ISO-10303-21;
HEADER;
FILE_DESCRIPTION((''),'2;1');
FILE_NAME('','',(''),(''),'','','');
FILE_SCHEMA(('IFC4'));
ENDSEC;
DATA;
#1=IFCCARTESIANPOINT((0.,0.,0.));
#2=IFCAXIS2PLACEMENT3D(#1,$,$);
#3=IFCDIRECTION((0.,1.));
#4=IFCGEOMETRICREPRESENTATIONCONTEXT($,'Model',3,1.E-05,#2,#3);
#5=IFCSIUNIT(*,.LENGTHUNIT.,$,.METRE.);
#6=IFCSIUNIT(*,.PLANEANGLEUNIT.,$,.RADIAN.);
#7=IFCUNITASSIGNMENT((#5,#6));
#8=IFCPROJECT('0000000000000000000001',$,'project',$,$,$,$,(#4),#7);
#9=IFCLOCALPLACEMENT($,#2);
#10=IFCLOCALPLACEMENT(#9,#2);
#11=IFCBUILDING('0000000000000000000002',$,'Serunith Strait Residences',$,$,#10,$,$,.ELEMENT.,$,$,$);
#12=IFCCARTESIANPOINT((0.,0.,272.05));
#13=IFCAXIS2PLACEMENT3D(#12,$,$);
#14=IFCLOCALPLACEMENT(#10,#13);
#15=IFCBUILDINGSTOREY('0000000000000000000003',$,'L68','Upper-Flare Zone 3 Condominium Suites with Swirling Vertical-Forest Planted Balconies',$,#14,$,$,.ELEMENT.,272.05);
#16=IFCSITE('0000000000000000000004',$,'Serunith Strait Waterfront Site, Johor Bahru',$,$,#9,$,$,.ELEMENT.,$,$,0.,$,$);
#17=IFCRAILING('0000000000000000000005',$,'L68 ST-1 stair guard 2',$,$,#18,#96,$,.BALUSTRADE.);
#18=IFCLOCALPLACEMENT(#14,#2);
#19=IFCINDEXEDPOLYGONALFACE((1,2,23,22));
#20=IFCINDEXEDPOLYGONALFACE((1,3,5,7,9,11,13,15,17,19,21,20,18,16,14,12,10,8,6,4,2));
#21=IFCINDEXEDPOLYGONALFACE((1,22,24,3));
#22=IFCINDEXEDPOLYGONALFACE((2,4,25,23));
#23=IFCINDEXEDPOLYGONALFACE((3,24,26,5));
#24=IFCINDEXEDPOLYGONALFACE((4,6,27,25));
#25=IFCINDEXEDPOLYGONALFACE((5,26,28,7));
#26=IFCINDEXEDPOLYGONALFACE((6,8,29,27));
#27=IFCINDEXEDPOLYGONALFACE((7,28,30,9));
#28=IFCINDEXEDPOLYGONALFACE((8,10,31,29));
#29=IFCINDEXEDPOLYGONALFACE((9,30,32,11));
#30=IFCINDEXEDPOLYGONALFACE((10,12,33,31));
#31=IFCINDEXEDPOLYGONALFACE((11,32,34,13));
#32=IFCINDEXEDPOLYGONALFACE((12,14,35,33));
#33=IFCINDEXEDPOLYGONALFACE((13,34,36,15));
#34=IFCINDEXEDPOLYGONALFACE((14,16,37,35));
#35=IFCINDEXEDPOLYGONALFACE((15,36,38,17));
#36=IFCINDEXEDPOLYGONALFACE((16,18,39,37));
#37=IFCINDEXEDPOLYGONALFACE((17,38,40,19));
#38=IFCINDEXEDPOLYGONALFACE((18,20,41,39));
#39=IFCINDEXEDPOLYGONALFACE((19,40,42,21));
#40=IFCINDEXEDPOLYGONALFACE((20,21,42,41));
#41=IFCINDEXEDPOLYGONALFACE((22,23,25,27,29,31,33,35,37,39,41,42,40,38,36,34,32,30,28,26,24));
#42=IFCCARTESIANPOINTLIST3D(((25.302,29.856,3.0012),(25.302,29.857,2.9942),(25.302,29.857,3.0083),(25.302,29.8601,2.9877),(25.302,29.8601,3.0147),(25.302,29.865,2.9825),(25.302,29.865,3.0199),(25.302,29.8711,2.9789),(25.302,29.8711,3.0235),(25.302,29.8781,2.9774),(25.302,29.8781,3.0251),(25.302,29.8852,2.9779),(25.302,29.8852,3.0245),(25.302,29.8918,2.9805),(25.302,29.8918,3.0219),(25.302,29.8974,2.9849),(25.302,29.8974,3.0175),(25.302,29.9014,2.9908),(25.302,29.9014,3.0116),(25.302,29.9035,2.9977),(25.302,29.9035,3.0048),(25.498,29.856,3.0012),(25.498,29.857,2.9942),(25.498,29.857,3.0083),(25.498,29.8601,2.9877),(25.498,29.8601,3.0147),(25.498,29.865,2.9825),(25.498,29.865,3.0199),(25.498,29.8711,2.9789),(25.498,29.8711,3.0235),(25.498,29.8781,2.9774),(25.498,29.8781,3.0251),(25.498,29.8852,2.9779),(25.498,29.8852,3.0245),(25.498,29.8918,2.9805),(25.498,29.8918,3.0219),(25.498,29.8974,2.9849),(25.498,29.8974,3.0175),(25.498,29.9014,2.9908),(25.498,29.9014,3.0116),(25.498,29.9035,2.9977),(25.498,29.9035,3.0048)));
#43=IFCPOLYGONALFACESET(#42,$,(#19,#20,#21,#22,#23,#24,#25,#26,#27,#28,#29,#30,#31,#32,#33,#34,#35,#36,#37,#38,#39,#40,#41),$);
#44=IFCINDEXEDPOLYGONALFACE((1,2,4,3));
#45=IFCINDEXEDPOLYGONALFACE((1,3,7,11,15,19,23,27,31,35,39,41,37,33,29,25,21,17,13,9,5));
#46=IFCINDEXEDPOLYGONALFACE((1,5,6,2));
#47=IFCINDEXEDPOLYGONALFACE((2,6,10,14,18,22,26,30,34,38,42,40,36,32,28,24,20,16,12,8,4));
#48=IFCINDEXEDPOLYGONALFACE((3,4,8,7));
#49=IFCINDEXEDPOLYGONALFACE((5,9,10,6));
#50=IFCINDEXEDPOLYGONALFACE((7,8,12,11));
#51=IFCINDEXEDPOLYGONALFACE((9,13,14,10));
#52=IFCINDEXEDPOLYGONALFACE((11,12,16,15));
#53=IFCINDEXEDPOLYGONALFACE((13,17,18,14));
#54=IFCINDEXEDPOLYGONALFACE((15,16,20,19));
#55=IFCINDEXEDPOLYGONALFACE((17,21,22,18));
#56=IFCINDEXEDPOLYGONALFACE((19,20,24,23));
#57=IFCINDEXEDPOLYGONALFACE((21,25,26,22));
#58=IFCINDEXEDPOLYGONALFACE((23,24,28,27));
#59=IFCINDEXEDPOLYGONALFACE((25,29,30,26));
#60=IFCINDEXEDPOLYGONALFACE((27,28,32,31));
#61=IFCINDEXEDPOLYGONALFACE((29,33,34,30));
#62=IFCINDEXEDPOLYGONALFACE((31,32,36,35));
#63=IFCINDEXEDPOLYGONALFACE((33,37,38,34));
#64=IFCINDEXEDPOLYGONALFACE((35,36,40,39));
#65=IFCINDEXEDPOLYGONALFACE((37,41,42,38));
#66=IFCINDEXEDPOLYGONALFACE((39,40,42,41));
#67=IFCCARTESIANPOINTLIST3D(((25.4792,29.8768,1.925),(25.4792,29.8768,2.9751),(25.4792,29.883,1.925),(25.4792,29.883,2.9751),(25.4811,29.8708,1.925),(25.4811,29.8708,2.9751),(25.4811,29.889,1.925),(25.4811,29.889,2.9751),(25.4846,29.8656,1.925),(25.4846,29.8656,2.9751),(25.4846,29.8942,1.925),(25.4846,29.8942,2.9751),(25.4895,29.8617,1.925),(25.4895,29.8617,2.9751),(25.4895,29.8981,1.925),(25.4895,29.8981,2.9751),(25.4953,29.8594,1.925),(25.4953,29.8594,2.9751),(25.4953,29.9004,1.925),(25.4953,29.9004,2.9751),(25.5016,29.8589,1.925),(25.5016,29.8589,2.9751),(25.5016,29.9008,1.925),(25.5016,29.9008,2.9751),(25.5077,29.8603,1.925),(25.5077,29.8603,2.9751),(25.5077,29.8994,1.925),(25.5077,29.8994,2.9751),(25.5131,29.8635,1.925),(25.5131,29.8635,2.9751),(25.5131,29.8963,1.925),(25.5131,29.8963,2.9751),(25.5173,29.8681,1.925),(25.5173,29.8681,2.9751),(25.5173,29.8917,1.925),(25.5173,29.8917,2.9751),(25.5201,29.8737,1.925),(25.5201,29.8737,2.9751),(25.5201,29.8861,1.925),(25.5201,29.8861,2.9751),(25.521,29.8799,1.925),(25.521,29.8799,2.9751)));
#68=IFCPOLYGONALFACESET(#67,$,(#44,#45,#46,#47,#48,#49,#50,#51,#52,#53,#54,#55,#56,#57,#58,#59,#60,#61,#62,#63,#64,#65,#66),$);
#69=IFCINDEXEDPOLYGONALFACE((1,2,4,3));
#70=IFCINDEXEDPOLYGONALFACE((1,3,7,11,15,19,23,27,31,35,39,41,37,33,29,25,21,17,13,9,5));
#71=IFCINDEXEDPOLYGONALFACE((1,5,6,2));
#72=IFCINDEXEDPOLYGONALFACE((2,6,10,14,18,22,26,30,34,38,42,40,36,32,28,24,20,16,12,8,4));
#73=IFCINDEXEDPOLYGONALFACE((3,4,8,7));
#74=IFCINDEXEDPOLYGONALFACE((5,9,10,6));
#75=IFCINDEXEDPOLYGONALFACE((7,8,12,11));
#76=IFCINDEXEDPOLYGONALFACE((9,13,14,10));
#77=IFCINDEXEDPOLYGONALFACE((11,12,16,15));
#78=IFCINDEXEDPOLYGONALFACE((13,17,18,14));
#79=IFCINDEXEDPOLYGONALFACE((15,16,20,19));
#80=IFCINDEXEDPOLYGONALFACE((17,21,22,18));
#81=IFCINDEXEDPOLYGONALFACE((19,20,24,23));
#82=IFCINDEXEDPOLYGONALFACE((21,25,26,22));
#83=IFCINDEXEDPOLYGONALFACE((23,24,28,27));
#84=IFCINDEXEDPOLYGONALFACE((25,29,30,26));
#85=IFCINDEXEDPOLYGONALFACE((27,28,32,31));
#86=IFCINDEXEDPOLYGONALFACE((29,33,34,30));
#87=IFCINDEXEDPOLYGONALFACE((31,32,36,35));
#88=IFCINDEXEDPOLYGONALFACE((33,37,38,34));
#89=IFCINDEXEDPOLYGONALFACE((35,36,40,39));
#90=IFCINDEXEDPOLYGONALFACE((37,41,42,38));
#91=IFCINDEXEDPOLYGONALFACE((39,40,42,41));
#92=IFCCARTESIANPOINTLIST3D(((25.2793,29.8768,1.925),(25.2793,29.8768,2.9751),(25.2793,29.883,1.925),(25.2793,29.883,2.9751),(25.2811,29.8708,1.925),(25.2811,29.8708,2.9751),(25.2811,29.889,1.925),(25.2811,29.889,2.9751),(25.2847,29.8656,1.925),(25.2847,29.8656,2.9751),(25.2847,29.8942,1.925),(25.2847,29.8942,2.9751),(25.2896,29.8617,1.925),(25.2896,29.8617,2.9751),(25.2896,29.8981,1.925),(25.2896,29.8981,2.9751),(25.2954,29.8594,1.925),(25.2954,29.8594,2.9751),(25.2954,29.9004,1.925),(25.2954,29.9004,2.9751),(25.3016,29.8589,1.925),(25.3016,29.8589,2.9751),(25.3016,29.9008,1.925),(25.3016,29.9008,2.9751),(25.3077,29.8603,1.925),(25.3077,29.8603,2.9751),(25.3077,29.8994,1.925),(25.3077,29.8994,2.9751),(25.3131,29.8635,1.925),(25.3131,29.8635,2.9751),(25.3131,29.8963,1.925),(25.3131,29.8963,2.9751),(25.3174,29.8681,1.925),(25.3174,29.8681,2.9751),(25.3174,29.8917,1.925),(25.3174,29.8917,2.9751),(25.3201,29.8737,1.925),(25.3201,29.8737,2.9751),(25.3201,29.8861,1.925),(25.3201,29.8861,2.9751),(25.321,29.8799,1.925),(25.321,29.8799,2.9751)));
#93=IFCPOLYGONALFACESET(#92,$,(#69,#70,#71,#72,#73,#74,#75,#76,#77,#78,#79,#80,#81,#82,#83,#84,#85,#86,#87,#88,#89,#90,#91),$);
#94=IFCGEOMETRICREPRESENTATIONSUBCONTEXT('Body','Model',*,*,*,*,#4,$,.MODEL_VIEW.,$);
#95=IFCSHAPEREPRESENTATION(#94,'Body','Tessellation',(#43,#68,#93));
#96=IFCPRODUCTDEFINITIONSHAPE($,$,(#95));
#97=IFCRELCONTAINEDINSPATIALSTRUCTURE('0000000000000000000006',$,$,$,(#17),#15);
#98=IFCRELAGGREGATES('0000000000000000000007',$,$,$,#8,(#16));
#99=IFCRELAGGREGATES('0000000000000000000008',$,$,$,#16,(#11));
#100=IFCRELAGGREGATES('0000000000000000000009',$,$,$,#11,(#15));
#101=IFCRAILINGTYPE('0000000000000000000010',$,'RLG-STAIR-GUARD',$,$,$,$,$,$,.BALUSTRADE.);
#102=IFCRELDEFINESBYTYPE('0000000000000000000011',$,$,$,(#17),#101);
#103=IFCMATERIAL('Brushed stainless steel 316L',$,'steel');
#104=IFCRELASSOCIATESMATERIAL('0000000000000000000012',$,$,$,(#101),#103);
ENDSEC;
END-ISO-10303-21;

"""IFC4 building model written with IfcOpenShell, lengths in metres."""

from ifc_helpers import new_model, si_unit, direction, frame, origin, origin_2d, place, context, subcontext, project, spatial, circle, extrude, material, type_object, element, save


model = new_model("IFC4")

# Units and contexts
model_context = context("Model", 3, precision=1e-05, world=origin(), true_north=direction((0.0, 1.0)))
body_context = subcontext(model_context, "Body", "Model", "MODEL_VIEW")
ifc_project = project(units=[si_unit("LENGTHUNIT", "METRE"), si_unit("PLANEANGLEUNIT", "RADIAN")], contexts=[model_context])

# Site, building, storey
site_placement = place(None, origin())
site = spatial("IfcSite", under=ifc_project, at=site_placement, Name="Serunith Strait Waterfront Site, Johor Bahru", CompositionType="ELEMENT", RefElevation=0.0)
building_placement = place(site_placement, origin())
building = spatial("IfcBuilding", under=site, at=building_placement, Name="Serunith Strait Residences", CompositionType="ELEMENT")
storey_placement = place(building_placement, frame((0.0, 0.0, 272.05)))
storey = spatial("IfcBuildingStorey", under=building, at=storey_placement, Name="L68", Description="Upper-Flare Zone 3 Condominium Suites with Swirling Vertical-Forest Planted Balconies", CompositionType="ELEMENT", Elevation=272.05)

# Railing
ifc_material_1 = material(Name="Brushed stainless steel 316L", Category="steel")
railing_type_1 = type_object("IfcRailingType", Name="RLG-STAIR-GUARD", PredefinedType="BALUSTRADE", material=ifc_material_1)
railing_1_placement = place(storey_placement, frame((25.5, 29.8799, 1.925)))
element("IfcRailing", 1, at=railing_1_placement, inside=storey, type_object=railing_type_1, Name="L68 ST-1 stair guard 2", PredefinedType="BALUSTRADE", context=body_context, shape_type="SweptSolid", body=[
    extrude(circle(Radius=0.0239, at=origin_2d()), frame((-0.002, 0.0, 1.0762), z_axis=(-1.0, 0.0, 0.0), x_axis=(0.0, -1.0, 0.0)), (0.0, 0.0, 1.0), 0.196),
    extrude(circle(Radius=0.021, at=origin_2d()), origin(), (0.0, 0.0, 1.0), 1.05),
    extrude(circle(Radius=0.021, at=origin_2d()), frame((-0.2, 0.0, 0.0)), (0.0, 0.0, 1.0), 1.05),
])

save(model, "model.ifc")
